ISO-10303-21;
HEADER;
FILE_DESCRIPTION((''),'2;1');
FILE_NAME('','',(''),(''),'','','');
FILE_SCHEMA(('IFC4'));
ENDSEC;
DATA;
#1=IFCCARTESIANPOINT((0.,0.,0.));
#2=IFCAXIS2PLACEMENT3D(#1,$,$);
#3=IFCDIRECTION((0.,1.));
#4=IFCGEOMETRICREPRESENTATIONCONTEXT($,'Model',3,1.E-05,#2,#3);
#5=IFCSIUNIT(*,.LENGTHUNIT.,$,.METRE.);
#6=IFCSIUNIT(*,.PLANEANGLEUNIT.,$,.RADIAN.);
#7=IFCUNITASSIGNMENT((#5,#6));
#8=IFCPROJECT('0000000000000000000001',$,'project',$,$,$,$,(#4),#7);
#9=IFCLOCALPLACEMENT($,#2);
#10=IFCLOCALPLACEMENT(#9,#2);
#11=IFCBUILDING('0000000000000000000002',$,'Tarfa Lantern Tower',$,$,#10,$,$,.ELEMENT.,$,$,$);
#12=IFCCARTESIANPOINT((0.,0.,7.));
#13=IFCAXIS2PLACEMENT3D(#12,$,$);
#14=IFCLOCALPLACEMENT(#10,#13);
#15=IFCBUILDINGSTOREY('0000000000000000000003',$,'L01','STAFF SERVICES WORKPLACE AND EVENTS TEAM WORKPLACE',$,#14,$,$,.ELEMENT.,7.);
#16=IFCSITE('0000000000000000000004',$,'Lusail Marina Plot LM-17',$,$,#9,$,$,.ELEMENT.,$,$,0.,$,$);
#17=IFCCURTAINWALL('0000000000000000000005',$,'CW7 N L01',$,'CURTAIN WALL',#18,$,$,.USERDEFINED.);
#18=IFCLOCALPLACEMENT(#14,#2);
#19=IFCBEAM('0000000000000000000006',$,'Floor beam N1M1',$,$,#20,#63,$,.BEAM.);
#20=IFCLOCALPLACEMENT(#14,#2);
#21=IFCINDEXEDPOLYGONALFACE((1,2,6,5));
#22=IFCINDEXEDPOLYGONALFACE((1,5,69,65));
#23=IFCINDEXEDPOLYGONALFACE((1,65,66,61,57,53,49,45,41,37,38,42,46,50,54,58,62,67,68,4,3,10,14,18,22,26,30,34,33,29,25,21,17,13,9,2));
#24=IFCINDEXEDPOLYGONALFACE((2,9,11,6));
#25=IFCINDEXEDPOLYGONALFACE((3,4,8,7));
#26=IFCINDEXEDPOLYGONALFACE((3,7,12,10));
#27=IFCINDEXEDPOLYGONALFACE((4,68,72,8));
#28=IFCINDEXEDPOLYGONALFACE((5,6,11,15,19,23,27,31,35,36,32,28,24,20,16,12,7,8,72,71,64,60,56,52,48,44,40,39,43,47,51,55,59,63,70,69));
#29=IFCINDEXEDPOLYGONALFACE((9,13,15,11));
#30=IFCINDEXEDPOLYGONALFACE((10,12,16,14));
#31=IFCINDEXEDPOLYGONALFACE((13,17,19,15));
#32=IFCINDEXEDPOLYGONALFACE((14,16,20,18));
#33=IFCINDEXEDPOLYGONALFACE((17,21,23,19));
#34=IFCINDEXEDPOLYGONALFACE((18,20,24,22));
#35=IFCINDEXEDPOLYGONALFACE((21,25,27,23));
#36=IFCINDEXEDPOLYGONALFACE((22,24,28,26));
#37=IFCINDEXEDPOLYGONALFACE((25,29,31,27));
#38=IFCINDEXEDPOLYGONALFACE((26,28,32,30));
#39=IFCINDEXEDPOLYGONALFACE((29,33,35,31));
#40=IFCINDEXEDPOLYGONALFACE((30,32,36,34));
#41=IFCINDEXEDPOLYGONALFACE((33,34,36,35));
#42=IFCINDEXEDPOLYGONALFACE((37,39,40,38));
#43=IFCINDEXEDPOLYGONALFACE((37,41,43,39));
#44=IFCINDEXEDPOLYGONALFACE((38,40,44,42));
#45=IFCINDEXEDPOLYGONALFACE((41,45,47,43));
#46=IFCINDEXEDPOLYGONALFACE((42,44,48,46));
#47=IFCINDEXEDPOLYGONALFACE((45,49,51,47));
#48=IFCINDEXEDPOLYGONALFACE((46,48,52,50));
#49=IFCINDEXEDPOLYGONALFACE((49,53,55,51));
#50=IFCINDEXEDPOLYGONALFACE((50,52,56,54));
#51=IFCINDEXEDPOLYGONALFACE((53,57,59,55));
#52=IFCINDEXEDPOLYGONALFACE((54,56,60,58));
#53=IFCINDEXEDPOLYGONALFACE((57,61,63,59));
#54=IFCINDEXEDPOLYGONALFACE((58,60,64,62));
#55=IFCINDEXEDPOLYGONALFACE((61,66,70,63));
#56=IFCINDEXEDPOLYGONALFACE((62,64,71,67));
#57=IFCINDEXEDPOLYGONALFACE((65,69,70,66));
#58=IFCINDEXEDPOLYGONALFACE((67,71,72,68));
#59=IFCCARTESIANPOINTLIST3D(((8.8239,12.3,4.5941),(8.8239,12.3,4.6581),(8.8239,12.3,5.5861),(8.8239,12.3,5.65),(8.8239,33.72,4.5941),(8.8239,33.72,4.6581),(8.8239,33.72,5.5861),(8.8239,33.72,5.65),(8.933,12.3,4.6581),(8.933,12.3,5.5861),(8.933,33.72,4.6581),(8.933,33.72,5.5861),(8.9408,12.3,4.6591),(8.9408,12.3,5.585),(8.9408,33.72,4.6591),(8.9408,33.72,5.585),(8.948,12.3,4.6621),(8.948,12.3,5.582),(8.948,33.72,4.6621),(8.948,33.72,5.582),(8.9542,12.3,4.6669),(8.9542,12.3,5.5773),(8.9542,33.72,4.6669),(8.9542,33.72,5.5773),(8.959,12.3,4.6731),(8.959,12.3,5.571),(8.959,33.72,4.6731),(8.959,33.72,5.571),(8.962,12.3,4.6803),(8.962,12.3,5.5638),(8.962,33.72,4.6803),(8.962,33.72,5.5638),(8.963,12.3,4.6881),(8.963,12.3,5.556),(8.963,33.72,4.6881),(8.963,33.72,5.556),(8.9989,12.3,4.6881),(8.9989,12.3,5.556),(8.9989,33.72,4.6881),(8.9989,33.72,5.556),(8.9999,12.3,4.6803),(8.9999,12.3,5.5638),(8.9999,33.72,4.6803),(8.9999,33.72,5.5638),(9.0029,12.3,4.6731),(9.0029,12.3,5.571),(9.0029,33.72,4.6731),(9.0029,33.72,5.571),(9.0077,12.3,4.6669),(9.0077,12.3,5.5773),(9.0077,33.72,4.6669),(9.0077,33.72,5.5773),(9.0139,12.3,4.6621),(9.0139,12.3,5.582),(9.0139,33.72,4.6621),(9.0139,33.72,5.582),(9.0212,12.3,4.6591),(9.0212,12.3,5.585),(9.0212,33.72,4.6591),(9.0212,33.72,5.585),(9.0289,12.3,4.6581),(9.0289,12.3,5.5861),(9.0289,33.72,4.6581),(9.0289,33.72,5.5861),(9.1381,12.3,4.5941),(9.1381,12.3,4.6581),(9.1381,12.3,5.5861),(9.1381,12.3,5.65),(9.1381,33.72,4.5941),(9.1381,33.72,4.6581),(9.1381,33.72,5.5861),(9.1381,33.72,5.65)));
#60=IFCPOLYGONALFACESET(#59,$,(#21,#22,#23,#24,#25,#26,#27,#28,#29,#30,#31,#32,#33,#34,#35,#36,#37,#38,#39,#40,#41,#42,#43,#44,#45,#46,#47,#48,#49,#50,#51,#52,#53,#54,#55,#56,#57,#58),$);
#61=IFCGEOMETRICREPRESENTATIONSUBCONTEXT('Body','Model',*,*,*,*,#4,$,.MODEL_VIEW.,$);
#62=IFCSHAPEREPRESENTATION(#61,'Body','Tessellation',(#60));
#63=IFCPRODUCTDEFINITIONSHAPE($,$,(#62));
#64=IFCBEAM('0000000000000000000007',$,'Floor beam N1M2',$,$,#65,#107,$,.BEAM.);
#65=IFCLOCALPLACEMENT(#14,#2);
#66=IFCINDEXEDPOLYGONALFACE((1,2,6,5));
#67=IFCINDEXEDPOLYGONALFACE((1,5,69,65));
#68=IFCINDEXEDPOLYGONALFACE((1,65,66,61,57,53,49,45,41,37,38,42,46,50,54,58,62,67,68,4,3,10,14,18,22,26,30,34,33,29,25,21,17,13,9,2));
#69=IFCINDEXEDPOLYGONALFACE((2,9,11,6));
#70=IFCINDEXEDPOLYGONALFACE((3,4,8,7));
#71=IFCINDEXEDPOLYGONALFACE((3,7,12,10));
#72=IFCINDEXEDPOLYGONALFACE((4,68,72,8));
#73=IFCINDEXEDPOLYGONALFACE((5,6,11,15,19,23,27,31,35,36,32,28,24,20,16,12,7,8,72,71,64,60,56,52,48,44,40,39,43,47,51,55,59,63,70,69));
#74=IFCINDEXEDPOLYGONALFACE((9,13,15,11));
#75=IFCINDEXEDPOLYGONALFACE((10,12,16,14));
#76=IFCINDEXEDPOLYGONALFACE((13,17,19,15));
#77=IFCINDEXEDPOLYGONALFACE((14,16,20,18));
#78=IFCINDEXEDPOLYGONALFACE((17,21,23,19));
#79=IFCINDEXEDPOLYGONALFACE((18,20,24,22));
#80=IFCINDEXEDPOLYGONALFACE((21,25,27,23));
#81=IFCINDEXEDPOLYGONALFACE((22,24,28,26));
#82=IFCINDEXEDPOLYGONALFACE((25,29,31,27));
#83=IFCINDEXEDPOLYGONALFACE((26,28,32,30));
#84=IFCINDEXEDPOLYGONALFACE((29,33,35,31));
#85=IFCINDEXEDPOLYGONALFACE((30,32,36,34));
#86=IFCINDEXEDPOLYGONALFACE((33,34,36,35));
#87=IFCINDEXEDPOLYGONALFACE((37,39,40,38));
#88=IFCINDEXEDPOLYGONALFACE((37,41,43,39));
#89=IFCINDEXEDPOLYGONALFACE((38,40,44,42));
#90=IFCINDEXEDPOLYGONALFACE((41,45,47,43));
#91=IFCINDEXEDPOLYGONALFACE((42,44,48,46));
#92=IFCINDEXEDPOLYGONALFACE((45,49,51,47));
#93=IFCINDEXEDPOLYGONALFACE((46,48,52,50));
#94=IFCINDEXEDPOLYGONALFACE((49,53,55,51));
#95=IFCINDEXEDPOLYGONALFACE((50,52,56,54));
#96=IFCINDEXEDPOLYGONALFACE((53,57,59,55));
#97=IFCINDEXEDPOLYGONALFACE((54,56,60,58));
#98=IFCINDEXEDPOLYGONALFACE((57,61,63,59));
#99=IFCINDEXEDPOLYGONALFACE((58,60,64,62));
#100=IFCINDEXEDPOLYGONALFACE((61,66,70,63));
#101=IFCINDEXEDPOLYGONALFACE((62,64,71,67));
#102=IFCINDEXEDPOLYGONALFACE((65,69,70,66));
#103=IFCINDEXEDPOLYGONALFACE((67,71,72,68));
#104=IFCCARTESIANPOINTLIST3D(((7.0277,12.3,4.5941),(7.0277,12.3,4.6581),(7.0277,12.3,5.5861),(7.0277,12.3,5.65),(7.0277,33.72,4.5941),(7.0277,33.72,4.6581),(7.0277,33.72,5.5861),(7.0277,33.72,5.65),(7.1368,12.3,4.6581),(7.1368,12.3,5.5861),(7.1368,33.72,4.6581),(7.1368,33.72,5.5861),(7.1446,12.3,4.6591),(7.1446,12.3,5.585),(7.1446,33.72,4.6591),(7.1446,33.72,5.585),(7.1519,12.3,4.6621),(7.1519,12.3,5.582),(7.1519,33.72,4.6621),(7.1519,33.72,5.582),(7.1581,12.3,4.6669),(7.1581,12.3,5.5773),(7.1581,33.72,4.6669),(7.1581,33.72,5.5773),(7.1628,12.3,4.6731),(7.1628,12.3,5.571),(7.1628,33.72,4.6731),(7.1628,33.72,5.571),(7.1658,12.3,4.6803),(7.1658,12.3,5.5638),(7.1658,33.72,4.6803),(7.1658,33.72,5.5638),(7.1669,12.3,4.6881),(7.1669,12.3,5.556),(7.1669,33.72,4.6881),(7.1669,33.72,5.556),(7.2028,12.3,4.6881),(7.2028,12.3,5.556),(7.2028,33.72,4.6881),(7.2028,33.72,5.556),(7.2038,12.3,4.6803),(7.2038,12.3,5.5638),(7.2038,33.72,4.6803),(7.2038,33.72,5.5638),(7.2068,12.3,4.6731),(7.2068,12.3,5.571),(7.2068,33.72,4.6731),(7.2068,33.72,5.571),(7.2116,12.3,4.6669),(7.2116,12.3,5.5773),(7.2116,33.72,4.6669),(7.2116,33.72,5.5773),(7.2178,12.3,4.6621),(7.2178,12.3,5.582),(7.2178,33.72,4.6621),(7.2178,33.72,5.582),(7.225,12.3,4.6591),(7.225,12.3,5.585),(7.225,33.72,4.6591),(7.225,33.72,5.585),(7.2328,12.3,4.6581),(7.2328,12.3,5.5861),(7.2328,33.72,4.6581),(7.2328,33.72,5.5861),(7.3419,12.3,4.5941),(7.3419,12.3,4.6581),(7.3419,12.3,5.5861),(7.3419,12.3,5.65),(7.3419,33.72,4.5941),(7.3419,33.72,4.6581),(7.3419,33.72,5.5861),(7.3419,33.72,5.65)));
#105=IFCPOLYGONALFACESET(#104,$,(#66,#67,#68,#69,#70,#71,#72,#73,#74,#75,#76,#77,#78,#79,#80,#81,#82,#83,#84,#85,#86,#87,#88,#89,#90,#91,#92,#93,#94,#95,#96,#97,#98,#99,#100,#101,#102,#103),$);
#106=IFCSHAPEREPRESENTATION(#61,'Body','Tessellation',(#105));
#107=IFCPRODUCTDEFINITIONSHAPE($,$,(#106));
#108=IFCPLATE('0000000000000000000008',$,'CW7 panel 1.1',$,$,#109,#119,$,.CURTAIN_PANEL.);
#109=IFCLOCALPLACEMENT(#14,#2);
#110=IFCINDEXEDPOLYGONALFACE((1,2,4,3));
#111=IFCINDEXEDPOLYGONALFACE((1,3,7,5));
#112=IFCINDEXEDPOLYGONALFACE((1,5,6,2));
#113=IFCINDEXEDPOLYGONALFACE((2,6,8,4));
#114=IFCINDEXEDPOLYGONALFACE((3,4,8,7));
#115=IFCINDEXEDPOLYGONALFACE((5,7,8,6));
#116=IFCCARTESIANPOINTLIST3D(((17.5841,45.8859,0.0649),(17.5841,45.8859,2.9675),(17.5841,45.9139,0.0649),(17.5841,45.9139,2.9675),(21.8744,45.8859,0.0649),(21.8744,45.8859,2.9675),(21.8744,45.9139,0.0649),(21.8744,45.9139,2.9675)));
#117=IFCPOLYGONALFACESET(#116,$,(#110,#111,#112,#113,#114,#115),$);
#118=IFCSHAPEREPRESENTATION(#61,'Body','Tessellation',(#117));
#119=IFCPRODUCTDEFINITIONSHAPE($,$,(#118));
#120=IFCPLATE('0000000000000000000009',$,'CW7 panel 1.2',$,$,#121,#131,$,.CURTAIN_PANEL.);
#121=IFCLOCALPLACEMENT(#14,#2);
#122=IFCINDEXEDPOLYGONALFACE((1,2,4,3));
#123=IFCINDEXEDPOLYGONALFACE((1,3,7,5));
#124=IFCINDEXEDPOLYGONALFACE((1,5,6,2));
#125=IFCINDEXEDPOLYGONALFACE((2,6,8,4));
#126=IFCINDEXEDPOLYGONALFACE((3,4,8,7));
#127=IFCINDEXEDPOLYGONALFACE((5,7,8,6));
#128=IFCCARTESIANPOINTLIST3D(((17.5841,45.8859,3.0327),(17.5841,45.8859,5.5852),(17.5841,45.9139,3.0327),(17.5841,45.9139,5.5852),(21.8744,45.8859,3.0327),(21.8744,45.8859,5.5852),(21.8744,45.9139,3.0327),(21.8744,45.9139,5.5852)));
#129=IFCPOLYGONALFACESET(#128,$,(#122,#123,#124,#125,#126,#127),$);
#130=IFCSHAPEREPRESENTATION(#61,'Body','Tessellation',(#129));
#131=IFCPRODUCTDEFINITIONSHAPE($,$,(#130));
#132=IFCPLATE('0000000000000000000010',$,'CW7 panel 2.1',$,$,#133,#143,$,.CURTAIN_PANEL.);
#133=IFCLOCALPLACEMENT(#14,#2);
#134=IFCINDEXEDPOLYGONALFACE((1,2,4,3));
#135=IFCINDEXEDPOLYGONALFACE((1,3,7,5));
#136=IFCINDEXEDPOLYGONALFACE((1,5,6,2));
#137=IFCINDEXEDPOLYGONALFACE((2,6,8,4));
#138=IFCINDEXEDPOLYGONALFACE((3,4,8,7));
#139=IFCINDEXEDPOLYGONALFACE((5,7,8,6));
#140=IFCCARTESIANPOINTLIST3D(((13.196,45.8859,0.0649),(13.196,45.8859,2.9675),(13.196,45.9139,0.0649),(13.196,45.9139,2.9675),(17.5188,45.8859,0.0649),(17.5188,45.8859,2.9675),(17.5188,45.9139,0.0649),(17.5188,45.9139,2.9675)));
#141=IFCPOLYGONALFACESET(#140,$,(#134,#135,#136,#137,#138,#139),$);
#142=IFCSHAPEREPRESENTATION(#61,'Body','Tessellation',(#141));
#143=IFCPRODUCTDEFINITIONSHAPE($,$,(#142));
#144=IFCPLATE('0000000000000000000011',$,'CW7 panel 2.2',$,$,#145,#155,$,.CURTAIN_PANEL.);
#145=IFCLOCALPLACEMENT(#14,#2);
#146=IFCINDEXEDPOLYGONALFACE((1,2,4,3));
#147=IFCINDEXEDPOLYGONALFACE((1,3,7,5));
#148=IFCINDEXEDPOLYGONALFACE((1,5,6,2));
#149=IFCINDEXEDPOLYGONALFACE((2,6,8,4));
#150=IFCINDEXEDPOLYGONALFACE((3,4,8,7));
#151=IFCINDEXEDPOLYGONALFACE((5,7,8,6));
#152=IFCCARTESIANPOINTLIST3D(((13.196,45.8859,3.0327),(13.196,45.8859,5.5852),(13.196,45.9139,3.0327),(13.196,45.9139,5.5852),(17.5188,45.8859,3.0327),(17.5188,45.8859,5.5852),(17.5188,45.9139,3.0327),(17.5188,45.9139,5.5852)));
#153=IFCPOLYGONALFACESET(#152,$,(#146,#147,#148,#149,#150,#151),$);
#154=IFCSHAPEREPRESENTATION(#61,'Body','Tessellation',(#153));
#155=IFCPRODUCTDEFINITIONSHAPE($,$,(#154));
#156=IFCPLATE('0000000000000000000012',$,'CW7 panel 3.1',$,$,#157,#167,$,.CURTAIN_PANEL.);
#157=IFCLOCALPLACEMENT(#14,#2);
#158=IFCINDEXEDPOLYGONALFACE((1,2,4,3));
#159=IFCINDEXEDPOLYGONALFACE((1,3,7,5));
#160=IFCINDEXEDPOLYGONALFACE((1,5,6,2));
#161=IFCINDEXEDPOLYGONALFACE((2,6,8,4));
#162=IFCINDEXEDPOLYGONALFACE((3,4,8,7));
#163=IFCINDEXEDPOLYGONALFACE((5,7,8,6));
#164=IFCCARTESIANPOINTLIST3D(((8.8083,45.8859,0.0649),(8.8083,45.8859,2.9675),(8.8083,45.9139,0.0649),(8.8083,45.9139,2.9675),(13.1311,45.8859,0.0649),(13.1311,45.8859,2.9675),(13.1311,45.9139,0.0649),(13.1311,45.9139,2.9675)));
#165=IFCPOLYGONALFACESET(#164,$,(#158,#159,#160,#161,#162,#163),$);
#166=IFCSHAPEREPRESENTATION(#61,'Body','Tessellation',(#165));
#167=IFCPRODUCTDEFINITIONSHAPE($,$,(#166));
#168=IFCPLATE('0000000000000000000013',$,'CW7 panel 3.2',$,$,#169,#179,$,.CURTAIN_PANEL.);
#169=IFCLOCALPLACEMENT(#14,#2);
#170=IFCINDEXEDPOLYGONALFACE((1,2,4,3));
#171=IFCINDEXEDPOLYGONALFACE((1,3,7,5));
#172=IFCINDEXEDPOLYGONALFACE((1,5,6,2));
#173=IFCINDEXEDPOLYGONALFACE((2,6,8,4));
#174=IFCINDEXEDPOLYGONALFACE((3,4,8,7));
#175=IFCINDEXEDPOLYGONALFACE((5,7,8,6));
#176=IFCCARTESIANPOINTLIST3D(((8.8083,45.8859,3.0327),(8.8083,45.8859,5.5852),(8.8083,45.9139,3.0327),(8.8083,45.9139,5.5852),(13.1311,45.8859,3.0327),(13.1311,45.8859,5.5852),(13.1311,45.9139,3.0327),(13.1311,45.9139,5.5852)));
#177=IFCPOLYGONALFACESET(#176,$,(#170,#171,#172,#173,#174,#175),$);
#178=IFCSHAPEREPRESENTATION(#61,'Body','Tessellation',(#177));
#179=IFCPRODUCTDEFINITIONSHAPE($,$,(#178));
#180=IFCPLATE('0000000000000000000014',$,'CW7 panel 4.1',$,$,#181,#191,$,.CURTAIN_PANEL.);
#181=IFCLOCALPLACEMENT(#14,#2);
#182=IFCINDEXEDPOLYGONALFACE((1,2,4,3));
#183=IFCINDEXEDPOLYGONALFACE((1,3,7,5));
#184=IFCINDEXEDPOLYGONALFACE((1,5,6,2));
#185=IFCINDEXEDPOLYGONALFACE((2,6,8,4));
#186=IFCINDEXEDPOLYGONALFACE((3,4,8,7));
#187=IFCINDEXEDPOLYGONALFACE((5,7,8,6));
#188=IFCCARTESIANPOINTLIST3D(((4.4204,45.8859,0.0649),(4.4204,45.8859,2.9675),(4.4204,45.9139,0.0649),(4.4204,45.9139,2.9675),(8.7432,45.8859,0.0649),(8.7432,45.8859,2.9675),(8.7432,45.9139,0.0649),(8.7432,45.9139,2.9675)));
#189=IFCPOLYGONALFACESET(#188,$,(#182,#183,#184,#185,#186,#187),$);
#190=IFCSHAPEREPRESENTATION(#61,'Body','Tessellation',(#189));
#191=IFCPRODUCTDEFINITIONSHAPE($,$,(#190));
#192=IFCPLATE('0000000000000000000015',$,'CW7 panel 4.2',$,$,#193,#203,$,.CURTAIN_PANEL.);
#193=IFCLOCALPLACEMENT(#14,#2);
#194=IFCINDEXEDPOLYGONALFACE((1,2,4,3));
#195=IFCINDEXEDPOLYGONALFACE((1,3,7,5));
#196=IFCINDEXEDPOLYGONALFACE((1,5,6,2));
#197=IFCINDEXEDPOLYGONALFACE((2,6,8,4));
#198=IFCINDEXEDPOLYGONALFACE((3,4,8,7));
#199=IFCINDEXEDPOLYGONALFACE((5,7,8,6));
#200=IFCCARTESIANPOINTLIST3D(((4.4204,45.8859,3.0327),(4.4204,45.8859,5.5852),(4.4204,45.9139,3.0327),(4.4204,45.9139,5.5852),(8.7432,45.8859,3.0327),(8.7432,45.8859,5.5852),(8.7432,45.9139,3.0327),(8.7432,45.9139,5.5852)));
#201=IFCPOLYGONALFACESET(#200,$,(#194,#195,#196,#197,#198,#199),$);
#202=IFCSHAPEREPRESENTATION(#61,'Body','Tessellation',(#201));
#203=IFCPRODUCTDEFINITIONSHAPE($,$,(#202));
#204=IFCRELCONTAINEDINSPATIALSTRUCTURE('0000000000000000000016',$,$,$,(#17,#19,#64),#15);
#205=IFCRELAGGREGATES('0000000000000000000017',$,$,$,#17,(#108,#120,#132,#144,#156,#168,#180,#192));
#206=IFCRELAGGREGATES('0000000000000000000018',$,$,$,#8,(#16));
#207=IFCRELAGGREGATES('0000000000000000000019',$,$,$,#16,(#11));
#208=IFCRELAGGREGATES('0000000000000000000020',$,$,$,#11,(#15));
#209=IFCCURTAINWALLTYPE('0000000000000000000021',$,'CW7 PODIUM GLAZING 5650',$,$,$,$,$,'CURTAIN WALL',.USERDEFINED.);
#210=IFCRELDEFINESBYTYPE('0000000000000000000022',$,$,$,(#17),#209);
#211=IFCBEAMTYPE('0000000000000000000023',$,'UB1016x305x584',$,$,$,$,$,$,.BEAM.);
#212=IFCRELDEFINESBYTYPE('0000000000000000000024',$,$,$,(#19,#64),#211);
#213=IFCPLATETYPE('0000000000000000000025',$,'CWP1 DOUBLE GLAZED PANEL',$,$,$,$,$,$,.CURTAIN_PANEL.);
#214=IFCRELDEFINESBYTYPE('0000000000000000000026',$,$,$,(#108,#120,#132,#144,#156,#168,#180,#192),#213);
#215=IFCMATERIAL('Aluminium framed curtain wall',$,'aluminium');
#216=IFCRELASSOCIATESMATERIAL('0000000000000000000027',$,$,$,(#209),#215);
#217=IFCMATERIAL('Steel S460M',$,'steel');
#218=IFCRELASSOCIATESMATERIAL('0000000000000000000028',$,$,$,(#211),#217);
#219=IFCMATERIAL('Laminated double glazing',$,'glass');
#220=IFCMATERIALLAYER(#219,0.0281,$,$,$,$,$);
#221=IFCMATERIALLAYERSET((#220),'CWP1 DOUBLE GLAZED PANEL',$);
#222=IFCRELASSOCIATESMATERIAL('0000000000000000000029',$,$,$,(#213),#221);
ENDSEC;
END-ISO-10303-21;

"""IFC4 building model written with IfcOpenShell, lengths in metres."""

from ifc_helpers import new_model, si_unit, direction, frame, origin, origin_2d, place, context, subcontext, project, spatial, rectangle, i_section, extrude, material, layer, layer_set, material_profile, profile_set, type_object, element, aggregate, save


model = new_model("IFC4")

# Units and contexts
model_context = context("Model", 3, precision=1e-05, world=origin(), true_north=direction((0.0, 1.0)))
body_context = subcontext(model_context, "Body", "Model", "MODEL_VIEW")
ifc_project = project(units=[si_unit("LENGTHUNIT", "METRE"), si_unit("PLANEANGLEUNIT", "RADIAN")], contexts=[model_context])

# Site, building, storey
site_placement = place(None, origin())
site = spatial("IfcSite", under=ifc_project, at=site_placement, Name="Lusail Marina Plot LM-17", CompositionType="ELEMENT", RefElevation=0.0)
building_placement = place(site_placement, origin())
building = spatial("IfcBuilding", under=site, at=building_placement, Name="Tarfa Lantern Tower", CompositionType="ELEMENT")
storey_placement = place(building_placement, frame((0.0, 0.0, 7.0)))
storey = spatial("IfcBuildingStorey", under=building, at=storey_placement, Name="L01", Description="STAFF SERVICES WORKPLACE AND EVENTS TEAM WORKPLACE", CompositionType="ELEMENT", Elevation=7.0)

# Curtain wall
ifc_material_1 = material(Name="Aluminium framed curtain wall", Category="aluminium")
curtain_wall_type = type_object("IfcCurtainWallType", Name="CW7 PODIUM GLAZING 5650", ElementType="CURTAIN WALL", PredefinedType="USERDEFINED", material=ifc_material_1)
curtain_wall_placement = place(storey_placement, origin())
curtain_wall = element("IfcCurtainWall", 1, at=curtain_wall_placement, inside=storey, type_object=curtain_wall_type, Name="CW7 N L01", ObjectType="CURTAIN WALL", PredefinedType="USERDEFINED")

# Beams
ifc_material_2 = material(Name="Steel S460M", Category="steel")
ifc_material_profile_1 = material_profile(ifc_material_2, i_section(OverallWidth=0.3142, OverallDepth=1.0559, WebThickness=0.0359, FlangeThickness=0.064, FilletRadius=0.03, at=origin_2d()), Name="UB1016x305x584")
ifc_profile_set_1 = profile_set([ifc_material_profile_1], Name="Steel S460M")
beam_type_1 = type_object("IfcBeamType", Name="UB1016x305x584", PredefinedType="BEAM", material=ifc_profile_set_1)
for number, where, z_axis, x_axis, name in (
    (2, (8.981, 33.72, 5.1221), (0.0, -1.0, 0.0), (1.0, 0.0, 0.0), "Floor beam N1M1"),
    (3, (7.1848, 33.72, 5.1221), (0.0, -1.0, 0.0), (1.0, 0.0, 0.0), "Floor beam N1M2"),
):
    element("IfcBeam", number, at=place(storey_placement, frame(where, z_axis=z_axis, x_axis=x_axis)), inside=storey, type_object=beam_type_1, Name=name, PredefinedType="BEAM", context=body_context, shape_type="SweptSolid", body=[
        extrude(i_section(OverallWidth=0.3142, OverallDepth=1.0559, WebThickness=0.0359, FlangeThickness=0.064, FilletRadius=0.03, at=origin_2d()), origin(), (0.0, 0.0, 1.0), 21.4199),
    ])

# Plates
ifc_material_3 = material(Name="Laminated double glazing", Category="glass")
ifc_layer_1 = layer(ifc_material_3, 0.0281)
ifc_layer_set_1 = layer_set([ifc_layer_1], Name="CWP1 DOUBLE GLAZED PANEL")
plate_type = type_object("IfcPlateType", Name="CWP1 DOUBLE GLAZED PANEL", PredefinedType="CURTAIN_PANEL", material=ifc_layer_set_1)
plate_1_placement = place(storey_placement, frame((19.7292, 45.8999, 0.0649), z_axis=(0.0, 0.0, 1.0), x_axis=(-1.0, 0.0, 0.0)))
plate_1 = element("IfcPlate", 4, at=plate_1_placement, type_object=plate_type, Name="CW7 panel 1.1", PredefinedType="CURTAIN_PANEL", context=body_context, shape_type="SweptSolid", body=[
    extrude(rectangle(XDim=4.2903, YDim=0.0281, at=origin_2d()), origin(), (0.0, 0.0, 1.0), 2.9026),
])
plate_2_placement = place(storey_placement, frame((19.7292, 45.8999, 3.0327), z_axis=(0.0, 0.0, 1.0), x_axis=(-1.0, 0.0, 0.0)))
plate_2 = element("IfcPlate", 5, at=plate_2_placement, type_object=plate_type, Name="CW7 panel 1.2", PredefinedType="CURTAIN_PANEL", context=body_context, shape_type="SweptSolid", body=[
    extrude(rectangle(XDim=4.2903, YDim=0.0281, at=origin_2d()), origin(), (0.0, 0.0, 1.0), 2.5525),
])
plate_3_placement = place(storey_placement, frame((15.3574, 45.8999, 0.0649), z_axis=(0.0, 0.0, 1.0), x_axis=(-1.0, 0.0, 0.0)))
plate_3 = element("IfcPlate", 6, at=plate_3_placement, type_object=plate_type, Name="CW7 panel 2.1", PredefinedType="CURTAIN_PANEL", context=body_context, shape_type="SweptSolid", body=[
    extrude(rectangle(XDim=4.3228, YDim=0.0281, at=origin_2d()), origin(), (0.0, 0.0, 1.0), 2.9026),
])
plate_4_placement = place(storey_placement, frame((15.3574, 45.8999, 3.0327), z_axis=(0.0, 0.0, 1.0), x_axis=(-1.0, 0.0, 0.0)))
plate_4 = element("IfcPlate", 7, at=plate_4_placement, type_object=plate_type, Name="CW7 panel 2.2", PredefinedType="CURTAIN_PANEL", context=body_context, shape_type="SweptSolid", body=[
    extrude(rectangle(XDim=4.3228, YDim=0.0281, at=origin_2d()), origin(), (0.0, 0.0, 1.0), 2.5525),
])
plate_5_placement = place(storey_placement, frame((10.9697, 45.8999, 0.0649), z_axis=(0.0, 0.0, 1.0), x_axis=(-1.0, 0.0, 0.0)))
plate_5 = element("IfcPlate", 8, at=plate_5_placement, type_object=plate_type, Name="CW7 panel 3.1", PredefinedType="CURTAIN_PANEL", context=body_context, shape_type="SweptSolid", body=[
    extrude(rectangle(XDim=4.3228, YDim=0.0281, at=origin_2d()), origin(), (0.0, 0.0, 1.0), 2.9026),
])
plate_6_placement = place(storey_placement, frame((10.9697, 45.8999, 3.0327), z_axis=(0.0, 0.0, 1.0), x_axis=(-1.0, 0.0, 0.0)))
plate_6 = element("IfcPlate", 9, at=plate_6_placement, type_object=plate_type, Name="CW7 panel 3.2", PredefinedType="CURTAIN_PANEL", context=body_context, shape_type="SweptSolid", body=[
    extrude(rectangle(XDim=4.3228, YDim=0.0281, at=origin_2d()), origin(), (0.0, 0.0, 1.0), 2.5525),
])
plate_7_placement = place(storey_placement, frame((6.5818, 45.8999, 0.0649), z_axis=(0.0, 0.0, 1.0), x_axis=(-1.0, 0.0, 0.0)))
plate_7 = element("IfcPlate", 10, at=plate_7_placement, type_object=plate_type, Name="CW7 panel 4.1", PredefinedType="CURTAIN_PANEL", context=body_context, shape_type="SweptSolid", body=[
    extrude(rectangle(XDim=4.3228, YDim=0.0281, at=origin_2d()), origin(), (0.0, 0.0, 1.0), 2.9026),
])
plate_8_placement = place(storey_placement, frame((6.5818, 45.8999, 3.0327), z_axis=(0.0, 0.0, 1.0), x_axis=(-1.0, 0.0, 0.0)))
plate_8 = element("IfcPlate", 11, at=plate_8_placement, type_object=plate_type, Name="CW7 panel 4.2", PredefinedType="CURTAIN_PANEL", context=body_context, shape_type="SweptSolid", body=[
    extrude(rectangle(XDim=4.3228, YDim=0.0281, at=origin_2d()), origin(), (0.0, 0.0, 1.0), 2.5525),
])
aggregate(curtain_wall, [plate_1, plate_2, plate_3, plate_4, plate_5, plate_6, plate_7, plate_8])

save(model, "model.ifc")
